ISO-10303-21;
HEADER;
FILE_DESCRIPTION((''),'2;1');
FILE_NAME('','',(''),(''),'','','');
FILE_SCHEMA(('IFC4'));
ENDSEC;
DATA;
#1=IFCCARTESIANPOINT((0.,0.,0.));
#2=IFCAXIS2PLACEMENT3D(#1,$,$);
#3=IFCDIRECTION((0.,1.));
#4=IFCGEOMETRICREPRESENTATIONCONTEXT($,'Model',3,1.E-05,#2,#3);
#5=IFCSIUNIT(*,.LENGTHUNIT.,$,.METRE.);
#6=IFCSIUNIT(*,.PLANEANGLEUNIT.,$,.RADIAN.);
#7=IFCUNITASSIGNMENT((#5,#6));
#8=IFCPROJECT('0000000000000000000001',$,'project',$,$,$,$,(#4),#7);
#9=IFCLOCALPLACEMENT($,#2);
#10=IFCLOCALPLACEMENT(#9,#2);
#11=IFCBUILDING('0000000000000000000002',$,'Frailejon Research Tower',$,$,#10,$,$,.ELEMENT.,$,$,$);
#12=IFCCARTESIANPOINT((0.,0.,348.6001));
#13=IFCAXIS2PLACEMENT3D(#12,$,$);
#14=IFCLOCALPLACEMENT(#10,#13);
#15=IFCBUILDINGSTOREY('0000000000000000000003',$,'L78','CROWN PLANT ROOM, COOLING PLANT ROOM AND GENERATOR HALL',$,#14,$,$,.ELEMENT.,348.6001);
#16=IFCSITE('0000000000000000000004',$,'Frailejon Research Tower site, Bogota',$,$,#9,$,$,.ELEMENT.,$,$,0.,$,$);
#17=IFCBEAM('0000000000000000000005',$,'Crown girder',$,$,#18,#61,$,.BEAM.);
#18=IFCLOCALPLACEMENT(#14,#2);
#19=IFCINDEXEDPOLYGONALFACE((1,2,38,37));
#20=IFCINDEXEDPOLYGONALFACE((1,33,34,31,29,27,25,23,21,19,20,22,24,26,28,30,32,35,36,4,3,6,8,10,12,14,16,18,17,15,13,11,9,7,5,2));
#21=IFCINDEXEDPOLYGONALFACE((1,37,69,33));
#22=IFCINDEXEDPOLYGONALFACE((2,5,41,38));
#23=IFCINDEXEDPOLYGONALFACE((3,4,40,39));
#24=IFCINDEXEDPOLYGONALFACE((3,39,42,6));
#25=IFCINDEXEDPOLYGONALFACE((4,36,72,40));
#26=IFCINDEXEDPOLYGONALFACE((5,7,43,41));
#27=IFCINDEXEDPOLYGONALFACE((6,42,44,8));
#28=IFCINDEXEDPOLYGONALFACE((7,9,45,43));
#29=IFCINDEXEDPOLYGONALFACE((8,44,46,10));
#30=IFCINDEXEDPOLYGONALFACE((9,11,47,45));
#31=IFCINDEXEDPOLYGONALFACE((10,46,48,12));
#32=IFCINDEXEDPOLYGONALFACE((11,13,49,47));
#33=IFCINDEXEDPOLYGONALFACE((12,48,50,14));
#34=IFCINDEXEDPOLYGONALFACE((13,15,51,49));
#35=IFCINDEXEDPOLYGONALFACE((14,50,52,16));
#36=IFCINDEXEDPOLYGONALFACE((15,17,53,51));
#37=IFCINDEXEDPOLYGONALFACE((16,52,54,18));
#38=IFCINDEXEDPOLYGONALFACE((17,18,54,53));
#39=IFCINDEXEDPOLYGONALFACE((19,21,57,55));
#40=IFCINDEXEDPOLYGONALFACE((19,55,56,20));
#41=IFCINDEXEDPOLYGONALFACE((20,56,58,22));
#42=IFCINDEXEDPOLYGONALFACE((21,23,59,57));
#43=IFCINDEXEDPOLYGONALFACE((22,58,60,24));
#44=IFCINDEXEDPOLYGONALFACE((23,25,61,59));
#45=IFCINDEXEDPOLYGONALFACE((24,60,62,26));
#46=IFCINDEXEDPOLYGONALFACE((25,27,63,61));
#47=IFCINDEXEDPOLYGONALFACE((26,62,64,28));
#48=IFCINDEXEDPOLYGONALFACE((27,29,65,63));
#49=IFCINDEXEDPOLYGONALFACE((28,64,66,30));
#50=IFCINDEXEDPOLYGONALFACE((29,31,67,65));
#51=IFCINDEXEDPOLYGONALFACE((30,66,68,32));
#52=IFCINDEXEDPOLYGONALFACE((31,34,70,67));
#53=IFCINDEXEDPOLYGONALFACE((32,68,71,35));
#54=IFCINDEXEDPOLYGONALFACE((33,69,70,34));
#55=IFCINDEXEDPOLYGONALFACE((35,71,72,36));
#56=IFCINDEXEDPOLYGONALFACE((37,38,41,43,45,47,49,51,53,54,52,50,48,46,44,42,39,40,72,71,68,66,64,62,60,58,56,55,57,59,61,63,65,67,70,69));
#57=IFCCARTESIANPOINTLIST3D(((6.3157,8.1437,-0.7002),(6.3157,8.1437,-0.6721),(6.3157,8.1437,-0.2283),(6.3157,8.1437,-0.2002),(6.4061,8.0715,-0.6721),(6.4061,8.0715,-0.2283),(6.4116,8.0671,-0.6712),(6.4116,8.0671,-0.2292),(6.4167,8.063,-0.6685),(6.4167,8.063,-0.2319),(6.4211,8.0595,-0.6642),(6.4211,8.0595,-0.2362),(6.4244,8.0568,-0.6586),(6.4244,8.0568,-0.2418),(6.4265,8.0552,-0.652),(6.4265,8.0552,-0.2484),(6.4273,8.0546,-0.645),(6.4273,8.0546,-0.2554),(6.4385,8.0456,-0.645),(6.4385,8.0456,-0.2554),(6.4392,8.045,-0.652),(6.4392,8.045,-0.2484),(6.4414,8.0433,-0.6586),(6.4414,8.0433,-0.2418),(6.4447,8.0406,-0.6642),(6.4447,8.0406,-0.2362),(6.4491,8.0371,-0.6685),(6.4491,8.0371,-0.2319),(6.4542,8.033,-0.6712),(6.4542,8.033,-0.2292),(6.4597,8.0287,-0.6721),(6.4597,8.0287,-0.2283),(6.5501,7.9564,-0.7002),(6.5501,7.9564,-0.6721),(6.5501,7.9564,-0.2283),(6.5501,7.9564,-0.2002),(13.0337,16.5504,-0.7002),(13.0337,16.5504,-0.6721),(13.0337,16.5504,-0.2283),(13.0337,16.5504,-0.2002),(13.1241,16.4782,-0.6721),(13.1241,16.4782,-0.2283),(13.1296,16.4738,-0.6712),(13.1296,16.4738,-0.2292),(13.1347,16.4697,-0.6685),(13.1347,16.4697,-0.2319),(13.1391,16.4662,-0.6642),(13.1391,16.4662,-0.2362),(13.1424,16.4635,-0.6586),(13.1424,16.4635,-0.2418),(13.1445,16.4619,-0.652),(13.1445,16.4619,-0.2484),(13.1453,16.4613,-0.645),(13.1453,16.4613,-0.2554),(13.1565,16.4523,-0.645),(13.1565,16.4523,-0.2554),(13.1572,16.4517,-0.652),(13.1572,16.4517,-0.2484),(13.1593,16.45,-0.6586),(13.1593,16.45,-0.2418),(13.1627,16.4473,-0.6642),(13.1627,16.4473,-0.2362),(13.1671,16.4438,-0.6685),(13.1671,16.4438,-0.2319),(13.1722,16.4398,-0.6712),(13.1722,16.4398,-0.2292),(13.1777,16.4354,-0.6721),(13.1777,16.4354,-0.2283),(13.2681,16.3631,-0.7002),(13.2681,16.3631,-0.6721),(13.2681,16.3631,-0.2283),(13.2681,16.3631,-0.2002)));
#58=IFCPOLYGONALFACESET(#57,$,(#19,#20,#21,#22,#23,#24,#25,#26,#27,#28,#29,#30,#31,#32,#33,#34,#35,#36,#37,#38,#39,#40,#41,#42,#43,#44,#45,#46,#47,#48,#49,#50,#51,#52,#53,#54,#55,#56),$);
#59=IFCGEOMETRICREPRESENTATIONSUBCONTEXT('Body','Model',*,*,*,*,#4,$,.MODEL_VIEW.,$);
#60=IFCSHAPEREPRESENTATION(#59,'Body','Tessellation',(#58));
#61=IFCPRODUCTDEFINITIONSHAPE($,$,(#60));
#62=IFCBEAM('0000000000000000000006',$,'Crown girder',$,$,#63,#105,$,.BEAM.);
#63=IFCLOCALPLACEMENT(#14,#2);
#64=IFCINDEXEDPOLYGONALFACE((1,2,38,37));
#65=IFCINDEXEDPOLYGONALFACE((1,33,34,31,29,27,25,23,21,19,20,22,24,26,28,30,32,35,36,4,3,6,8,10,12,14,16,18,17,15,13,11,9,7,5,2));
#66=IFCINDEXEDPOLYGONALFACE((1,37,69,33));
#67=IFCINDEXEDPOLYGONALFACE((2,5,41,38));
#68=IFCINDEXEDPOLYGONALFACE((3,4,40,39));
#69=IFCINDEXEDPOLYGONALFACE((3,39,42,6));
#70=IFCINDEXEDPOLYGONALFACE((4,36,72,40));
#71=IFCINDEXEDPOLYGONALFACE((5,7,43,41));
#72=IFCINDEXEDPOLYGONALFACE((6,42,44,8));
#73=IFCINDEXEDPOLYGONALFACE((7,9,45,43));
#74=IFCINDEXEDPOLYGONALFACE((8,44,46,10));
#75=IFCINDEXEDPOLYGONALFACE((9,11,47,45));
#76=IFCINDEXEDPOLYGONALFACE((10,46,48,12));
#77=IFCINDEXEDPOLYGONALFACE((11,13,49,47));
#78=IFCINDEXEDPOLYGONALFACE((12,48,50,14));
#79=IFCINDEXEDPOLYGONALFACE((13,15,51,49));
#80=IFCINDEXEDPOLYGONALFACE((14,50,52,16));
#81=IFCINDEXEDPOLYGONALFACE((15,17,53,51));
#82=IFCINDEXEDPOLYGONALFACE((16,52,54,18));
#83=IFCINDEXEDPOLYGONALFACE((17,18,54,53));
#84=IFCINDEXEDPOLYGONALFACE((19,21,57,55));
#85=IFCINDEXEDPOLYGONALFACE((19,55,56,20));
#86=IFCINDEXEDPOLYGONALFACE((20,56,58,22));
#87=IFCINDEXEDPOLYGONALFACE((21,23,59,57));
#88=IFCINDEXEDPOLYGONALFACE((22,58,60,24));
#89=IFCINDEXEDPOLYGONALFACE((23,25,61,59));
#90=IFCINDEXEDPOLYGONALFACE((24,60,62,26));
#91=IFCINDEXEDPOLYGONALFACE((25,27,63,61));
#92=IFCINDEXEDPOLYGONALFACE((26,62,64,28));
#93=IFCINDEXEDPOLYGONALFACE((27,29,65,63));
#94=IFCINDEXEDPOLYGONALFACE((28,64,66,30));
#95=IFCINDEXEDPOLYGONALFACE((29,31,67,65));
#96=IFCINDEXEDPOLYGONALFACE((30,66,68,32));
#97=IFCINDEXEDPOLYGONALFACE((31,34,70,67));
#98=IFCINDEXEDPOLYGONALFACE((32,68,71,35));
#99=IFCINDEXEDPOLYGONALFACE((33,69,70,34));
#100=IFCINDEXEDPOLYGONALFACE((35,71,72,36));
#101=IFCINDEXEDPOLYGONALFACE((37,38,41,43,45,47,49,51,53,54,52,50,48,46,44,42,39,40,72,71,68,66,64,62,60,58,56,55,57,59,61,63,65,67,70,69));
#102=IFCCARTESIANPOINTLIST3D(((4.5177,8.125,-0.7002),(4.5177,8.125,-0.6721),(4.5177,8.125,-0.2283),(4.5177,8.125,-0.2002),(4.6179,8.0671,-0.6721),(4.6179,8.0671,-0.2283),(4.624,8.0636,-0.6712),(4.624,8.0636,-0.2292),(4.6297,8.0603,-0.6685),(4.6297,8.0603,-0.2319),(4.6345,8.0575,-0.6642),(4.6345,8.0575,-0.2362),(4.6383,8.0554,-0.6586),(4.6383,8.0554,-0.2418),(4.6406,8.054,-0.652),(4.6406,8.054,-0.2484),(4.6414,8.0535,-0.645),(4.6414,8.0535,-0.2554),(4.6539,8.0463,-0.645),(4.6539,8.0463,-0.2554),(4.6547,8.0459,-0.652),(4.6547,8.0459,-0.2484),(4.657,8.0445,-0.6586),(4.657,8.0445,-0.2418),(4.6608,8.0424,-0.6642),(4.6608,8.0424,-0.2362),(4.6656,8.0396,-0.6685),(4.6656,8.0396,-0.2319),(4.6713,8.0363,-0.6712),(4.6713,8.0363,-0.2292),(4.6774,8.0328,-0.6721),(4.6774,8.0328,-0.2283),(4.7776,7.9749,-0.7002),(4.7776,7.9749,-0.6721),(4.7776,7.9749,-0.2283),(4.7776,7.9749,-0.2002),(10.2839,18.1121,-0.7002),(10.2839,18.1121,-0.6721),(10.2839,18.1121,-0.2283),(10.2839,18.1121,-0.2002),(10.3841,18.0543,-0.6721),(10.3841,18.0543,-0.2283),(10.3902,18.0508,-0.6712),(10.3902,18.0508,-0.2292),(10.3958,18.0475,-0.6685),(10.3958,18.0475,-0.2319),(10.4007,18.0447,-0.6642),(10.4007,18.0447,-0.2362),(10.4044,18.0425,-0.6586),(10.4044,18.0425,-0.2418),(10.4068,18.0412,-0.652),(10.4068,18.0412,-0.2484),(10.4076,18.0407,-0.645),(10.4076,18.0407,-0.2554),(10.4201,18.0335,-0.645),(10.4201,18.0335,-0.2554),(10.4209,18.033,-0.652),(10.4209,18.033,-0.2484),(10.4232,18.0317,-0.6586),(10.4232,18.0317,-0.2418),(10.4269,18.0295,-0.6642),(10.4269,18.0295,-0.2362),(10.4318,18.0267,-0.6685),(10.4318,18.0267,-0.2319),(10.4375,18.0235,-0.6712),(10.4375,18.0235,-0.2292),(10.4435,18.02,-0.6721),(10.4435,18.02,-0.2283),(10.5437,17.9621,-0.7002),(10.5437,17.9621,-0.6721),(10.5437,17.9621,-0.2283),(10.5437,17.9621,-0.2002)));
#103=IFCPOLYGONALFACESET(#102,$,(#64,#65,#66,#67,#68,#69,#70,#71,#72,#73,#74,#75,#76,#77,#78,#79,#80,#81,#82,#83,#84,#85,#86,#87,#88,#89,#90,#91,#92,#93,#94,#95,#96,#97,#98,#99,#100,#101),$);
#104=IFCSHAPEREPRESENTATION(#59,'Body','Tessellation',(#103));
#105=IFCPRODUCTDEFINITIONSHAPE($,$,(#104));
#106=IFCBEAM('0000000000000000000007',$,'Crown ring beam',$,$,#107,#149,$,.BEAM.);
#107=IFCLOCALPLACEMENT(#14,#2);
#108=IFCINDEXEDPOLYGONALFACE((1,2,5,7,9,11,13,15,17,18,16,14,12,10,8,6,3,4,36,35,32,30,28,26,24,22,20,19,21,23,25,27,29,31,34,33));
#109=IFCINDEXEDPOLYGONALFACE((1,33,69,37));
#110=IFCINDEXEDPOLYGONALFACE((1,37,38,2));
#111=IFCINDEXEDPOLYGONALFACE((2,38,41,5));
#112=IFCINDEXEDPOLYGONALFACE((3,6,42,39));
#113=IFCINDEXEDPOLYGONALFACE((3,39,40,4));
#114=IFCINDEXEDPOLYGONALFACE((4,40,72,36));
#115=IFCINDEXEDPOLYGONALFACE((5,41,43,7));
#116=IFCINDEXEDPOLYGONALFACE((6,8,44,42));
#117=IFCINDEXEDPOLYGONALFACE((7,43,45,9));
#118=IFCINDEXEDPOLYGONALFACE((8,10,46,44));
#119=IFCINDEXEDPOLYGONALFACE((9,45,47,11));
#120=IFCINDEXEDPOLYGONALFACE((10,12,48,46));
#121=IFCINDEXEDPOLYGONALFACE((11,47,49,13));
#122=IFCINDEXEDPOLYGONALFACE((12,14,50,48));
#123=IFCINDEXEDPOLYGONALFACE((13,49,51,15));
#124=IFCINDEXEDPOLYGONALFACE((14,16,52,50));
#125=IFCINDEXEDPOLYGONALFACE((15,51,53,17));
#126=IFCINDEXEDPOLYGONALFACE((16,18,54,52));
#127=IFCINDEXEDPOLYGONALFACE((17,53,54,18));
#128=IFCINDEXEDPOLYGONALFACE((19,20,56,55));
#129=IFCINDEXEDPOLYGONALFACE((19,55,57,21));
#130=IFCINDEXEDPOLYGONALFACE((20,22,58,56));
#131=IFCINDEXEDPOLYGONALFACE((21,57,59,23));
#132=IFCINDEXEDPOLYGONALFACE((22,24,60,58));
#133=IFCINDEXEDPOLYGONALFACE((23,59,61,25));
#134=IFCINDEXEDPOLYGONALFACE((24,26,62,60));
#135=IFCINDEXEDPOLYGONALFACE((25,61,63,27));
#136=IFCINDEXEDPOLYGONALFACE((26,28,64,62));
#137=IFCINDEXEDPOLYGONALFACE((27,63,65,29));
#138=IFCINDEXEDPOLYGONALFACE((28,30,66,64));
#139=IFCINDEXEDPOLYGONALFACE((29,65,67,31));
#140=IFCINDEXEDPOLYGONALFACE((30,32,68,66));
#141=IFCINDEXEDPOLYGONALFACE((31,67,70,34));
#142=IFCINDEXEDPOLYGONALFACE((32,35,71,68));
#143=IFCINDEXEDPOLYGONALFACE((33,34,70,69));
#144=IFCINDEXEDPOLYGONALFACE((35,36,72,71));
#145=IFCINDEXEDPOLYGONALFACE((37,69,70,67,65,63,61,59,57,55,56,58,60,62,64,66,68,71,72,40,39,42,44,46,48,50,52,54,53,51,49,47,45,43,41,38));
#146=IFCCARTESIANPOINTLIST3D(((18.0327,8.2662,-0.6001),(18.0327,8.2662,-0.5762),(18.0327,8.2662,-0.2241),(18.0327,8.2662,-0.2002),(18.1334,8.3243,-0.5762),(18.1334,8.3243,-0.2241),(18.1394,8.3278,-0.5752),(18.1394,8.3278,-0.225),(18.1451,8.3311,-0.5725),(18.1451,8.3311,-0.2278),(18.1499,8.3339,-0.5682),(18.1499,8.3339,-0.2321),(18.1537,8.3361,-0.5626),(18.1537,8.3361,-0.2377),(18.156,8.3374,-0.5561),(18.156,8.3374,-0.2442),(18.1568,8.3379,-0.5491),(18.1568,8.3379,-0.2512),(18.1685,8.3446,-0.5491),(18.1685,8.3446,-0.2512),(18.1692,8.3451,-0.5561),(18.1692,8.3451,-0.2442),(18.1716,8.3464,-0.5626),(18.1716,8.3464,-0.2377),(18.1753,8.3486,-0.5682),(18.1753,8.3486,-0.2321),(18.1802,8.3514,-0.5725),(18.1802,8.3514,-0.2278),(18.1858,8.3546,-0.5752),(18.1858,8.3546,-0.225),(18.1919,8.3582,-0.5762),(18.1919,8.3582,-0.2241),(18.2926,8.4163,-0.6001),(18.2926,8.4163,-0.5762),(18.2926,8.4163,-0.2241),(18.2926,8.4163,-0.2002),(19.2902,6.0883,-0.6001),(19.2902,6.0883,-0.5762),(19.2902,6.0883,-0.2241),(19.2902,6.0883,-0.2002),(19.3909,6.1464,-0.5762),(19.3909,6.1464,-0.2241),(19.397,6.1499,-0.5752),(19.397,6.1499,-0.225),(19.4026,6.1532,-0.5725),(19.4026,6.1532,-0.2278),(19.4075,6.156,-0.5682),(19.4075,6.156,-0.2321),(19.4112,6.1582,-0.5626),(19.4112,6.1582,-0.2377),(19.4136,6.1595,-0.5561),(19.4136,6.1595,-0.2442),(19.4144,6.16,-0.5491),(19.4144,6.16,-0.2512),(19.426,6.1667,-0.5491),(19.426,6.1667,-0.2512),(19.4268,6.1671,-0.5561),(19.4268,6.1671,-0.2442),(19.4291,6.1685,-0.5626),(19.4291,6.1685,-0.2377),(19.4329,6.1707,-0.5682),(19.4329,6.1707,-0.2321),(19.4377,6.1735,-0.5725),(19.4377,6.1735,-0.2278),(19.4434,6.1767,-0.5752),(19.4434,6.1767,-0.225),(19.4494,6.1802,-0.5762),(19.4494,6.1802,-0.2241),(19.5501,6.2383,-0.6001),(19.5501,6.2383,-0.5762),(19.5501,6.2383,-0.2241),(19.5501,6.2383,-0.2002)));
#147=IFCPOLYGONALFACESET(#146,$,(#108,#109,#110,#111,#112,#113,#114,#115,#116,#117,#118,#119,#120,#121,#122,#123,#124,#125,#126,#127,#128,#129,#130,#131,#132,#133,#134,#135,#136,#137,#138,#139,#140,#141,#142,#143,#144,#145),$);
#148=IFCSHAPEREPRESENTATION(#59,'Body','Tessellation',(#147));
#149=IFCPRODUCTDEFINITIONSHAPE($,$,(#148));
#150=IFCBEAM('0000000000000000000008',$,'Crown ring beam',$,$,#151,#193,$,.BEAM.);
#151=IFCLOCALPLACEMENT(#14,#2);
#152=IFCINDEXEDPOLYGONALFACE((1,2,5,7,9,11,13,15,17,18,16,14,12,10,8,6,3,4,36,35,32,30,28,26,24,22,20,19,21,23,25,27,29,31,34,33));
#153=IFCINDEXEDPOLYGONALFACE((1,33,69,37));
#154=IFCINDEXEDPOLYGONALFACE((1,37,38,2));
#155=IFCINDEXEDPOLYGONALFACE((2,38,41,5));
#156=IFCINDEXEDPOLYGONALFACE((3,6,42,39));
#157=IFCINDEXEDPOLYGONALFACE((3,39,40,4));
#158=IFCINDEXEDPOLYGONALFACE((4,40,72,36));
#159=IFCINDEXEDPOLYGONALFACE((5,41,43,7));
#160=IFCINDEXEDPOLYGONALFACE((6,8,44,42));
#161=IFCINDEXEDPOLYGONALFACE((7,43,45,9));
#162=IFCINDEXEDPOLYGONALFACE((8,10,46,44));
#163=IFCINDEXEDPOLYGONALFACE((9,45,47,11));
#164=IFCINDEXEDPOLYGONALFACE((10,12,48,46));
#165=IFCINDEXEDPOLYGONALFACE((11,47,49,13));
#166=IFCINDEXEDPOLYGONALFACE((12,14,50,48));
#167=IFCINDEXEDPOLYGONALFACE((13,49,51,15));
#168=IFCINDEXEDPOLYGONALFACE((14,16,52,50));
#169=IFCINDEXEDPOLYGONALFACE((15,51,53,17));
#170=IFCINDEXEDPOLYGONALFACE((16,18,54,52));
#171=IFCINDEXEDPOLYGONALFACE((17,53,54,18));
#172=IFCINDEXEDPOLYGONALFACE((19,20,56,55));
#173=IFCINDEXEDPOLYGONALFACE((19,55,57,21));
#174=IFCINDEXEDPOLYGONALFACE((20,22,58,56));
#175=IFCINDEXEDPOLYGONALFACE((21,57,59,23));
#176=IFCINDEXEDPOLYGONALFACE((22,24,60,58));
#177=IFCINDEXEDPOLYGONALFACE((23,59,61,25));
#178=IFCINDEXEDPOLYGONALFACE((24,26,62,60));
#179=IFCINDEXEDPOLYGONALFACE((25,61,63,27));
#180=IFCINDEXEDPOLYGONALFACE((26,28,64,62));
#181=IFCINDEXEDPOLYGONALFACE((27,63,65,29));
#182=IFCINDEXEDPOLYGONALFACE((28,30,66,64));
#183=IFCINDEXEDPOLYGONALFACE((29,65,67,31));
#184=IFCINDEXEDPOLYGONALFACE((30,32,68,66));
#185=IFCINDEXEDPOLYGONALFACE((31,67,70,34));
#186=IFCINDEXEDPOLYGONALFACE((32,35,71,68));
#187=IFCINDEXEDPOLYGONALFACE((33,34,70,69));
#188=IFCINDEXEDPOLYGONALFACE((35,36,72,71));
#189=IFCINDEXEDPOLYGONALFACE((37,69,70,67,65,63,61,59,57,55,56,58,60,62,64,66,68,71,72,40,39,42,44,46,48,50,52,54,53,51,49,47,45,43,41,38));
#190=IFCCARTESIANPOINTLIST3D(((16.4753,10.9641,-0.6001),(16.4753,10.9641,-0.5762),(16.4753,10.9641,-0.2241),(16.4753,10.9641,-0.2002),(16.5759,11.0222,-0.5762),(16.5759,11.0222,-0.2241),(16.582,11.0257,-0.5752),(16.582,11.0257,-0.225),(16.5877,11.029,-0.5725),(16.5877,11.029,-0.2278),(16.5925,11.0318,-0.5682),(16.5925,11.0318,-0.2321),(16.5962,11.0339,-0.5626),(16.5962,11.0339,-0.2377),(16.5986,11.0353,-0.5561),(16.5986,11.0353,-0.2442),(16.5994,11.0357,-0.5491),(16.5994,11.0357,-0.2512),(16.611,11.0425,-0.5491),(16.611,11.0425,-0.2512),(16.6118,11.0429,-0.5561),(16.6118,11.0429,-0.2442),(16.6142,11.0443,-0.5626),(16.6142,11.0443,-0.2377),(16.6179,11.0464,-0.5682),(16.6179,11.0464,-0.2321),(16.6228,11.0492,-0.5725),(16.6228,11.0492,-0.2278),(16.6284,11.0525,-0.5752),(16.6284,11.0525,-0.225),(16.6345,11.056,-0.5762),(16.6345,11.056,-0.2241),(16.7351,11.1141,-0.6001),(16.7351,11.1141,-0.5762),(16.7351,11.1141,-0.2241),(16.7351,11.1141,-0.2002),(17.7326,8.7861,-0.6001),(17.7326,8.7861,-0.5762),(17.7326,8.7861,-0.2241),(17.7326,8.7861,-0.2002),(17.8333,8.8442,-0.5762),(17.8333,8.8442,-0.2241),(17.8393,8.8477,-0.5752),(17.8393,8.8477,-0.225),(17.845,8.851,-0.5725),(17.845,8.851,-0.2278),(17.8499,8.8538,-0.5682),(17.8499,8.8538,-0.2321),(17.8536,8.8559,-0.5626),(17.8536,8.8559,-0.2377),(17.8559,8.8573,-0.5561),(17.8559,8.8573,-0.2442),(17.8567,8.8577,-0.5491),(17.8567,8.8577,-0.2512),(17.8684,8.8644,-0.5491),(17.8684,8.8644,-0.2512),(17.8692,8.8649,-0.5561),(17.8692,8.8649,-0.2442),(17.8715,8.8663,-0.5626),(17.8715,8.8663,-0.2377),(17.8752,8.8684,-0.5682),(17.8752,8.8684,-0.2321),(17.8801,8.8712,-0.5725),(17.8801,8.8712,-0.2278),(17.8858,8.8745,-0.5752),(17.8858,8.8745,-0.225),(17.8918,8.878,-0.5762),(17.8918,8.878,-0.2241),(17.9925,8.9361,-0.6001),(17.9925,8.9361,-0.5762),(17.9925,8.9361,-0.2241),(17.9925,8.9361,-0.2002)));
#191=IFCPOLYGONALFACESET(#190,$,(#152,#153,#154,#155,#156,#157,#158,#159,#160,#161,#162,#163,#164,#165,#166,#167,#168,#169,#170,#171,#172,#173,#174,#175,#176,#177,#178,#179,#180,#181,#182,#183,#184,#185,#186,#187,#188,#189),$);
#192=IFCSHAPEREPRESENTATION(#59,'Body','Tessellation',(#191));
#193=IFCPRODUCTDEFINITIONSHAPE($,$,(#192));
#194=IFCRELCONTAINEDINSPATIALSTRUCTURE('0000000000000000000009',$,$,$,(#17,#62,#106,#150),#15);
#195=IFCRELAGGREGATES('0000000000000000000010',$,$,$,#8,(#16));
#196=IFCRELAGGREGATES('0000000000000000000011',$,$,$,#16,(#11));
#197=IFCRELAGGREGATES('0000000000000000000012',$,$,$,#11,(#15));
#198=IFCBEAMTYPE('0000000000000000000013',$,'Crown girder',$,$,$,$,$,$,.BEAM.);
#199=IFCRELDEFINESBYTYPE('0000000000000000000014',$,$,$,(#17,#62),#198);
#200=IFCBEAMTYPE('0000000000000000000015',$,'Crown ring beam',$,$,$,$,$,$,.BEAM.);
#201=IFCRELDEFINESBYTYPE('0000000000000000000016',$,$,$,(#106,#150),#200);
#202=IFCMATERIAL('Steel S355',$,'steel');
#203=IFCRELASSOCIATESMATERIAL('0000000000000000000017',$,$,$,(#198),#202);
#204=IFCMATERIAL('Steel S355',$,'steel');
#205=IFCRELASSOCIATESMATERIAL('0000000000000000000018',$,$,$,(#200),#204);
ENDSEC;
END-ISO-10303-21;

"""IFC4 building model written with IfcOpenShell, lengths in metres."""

from ifc_helpers import new_model, si_unit, direction, frame, origin, origin_2d, place, context, subcontext, project, spatial, i_section, extrude, material, material_profile, profile_set, type_object, element, save


model = new_model("IFC4")

# Units and contexts
model_context = context("Model", 3, precision=1e-05, world=origin(), true_north=direction((0.0, 1.0)))
body_context = subcontext(model_context, "Body", "Model", "MODEL_VIEW")
ifc_project = project(units=[si_unit("LENGTHUNIT", "METRE"), si_unit("PLANEANGLEUNIT", "RADIAN")], contexts=[model_context])

# Site, building, storey
site_placement = place(None, origin())
site = spatial("IfcSite", under=ifc_project, at=site_placement, Name="Frailejon Research Tower site, Bogota", CompositionType="ELEMENT", RefElevation=0.0)
building_placement = place(site_placement, origin())
building = spatial("IfcBuilding", under=site, at=building_placement, Name="Frailejon Research Tower", CompositionType="ELEMENT")
storey_placement = place(building_placement, frame((0.0, 0.0, 348.6001)))
storey = spatial("IfcBuildingStorey", under=building, at=storey_placement, Name="L78", Description="CROWN PLANT ROOM, COOLING PLANT ROOM AND GENERATOR HALL", CompositionType="ELEMENT", Elevation=348.6001)

# Beams
ifc_material_1 = material(Name="Steel S355", Category="steel")
ifc_material_profile_1 = material_profile(ifc_material_1, i_section(OverallWidth=0.3, OverallDepth=0.5, WebThickness=0.0144, FlangeThickness=0.0281, FilletRadius=0.0271, at=origin_2d()), Name="HE 500 B")
ifc_profile_set_1 = profile_set([ifc_material_profile_1], Name="Steel S355")
beam_type_1 = type_object("IfcBeamType", Name="Crown girder", PredefinedType="BEAM", material=ifc_profile_set_1)
beam_1_placement = place(storey_placement, frame((13.1509, 16.4568, -0.4502), z_axis=(-0.624277, -0.781203, 0.0), x_axis=(0.781203, -0.624277, 0.0)))
element("IfcBeam", 1, at=beam_1_placement, inside=storey, type_object=beam_type_1, Name="Crown girder", PredefinedType="BEAM", context=body_context, shape_type="SweptSolid", body=[
    extrude(i_section(OverallWidth=0.3, OverallDepth=0.5, WebThickness=0.0144, FlangeThickness=0.0281, FilletRadius=0.0271, at=origin_2d()), origin(), (0.0, 0.0, 1.0), 10.7612),
])
beam_2_placement = place(storey_placement, frame((10.4138, 18.0371, -0.4502), z_axis=(-0.500005, -0.866022, 0.0), x_axis=(0.866022, -0.500005, 0.0)))
element("IfcBeam", 2, at=beam_2_placement, inside=storey, type_object=beam_type_1, Name="Crown girder", PredefinedType="BEAM", context=body_context, shape_type="SweptSolid", body=[
    extrude(i_section(OverallWidth=0.3, OverallDepth=0.5, WebThickness=0.0144, FlangeThickness=0.0281, FilletRadius=0.0271, at=origin_2d()), origin(), (0.0, 0.0, 1.0), 11.5322),
])
ifc_material_2 = material(Name="Steel S355", Category="steel")
ifc_material_profile_2 = material_profile(ifc_material_2, i_section(OverallWidth=0.3, OverallDepth=0.3999, WebThickness=0.0134, FlangeThickness=0.0239, FilletRadius=0.0271, at=origin_2d()), Name="HE 400 B")
ifc_profile_set_2 = profile_set([ifc_material_profile_2], Name="Steel S355")
beam_type_2 = type_object("IfcBeamType", Name="Crown ring beam", PredefinedType="BEAM", material=ifc_profile_set_2)
for number, where, z_axis, x_axis, name in (
    (3, (19.4202, 6.1633, -0.4001), (-0.500033, 0.866006, 0.0), (-0.866006, -0.500033, 0.0), "Crown ring beam"),
    (4, (17.8625, 8.8611, -0.4001), (-0.499961, 0.866048, 0.0), (-0.866048, -0.499961, 0.0), "Crown ring beam"),
):
    element("IfcBeam", number, at=place(storey_placement, frame(where, z_axis=z_axis, x_axis=x_axis)), inside=storey, type_object=beam_type_2, Name=name, PredefinedType="BEAM", context=body_context, shape_type="SweptSolid", body=[
        extrude(i_section(OverallWidth=0.3, OverallDepth=0.3999, WebThickness=0.0134, FlangeThickness=0.0239, FilletRadius=0.0271, at=origin_2d()), origin(), (0.0, 0.0, 1.0), 2.5149),
    ])

save(model, "model.ifc")
